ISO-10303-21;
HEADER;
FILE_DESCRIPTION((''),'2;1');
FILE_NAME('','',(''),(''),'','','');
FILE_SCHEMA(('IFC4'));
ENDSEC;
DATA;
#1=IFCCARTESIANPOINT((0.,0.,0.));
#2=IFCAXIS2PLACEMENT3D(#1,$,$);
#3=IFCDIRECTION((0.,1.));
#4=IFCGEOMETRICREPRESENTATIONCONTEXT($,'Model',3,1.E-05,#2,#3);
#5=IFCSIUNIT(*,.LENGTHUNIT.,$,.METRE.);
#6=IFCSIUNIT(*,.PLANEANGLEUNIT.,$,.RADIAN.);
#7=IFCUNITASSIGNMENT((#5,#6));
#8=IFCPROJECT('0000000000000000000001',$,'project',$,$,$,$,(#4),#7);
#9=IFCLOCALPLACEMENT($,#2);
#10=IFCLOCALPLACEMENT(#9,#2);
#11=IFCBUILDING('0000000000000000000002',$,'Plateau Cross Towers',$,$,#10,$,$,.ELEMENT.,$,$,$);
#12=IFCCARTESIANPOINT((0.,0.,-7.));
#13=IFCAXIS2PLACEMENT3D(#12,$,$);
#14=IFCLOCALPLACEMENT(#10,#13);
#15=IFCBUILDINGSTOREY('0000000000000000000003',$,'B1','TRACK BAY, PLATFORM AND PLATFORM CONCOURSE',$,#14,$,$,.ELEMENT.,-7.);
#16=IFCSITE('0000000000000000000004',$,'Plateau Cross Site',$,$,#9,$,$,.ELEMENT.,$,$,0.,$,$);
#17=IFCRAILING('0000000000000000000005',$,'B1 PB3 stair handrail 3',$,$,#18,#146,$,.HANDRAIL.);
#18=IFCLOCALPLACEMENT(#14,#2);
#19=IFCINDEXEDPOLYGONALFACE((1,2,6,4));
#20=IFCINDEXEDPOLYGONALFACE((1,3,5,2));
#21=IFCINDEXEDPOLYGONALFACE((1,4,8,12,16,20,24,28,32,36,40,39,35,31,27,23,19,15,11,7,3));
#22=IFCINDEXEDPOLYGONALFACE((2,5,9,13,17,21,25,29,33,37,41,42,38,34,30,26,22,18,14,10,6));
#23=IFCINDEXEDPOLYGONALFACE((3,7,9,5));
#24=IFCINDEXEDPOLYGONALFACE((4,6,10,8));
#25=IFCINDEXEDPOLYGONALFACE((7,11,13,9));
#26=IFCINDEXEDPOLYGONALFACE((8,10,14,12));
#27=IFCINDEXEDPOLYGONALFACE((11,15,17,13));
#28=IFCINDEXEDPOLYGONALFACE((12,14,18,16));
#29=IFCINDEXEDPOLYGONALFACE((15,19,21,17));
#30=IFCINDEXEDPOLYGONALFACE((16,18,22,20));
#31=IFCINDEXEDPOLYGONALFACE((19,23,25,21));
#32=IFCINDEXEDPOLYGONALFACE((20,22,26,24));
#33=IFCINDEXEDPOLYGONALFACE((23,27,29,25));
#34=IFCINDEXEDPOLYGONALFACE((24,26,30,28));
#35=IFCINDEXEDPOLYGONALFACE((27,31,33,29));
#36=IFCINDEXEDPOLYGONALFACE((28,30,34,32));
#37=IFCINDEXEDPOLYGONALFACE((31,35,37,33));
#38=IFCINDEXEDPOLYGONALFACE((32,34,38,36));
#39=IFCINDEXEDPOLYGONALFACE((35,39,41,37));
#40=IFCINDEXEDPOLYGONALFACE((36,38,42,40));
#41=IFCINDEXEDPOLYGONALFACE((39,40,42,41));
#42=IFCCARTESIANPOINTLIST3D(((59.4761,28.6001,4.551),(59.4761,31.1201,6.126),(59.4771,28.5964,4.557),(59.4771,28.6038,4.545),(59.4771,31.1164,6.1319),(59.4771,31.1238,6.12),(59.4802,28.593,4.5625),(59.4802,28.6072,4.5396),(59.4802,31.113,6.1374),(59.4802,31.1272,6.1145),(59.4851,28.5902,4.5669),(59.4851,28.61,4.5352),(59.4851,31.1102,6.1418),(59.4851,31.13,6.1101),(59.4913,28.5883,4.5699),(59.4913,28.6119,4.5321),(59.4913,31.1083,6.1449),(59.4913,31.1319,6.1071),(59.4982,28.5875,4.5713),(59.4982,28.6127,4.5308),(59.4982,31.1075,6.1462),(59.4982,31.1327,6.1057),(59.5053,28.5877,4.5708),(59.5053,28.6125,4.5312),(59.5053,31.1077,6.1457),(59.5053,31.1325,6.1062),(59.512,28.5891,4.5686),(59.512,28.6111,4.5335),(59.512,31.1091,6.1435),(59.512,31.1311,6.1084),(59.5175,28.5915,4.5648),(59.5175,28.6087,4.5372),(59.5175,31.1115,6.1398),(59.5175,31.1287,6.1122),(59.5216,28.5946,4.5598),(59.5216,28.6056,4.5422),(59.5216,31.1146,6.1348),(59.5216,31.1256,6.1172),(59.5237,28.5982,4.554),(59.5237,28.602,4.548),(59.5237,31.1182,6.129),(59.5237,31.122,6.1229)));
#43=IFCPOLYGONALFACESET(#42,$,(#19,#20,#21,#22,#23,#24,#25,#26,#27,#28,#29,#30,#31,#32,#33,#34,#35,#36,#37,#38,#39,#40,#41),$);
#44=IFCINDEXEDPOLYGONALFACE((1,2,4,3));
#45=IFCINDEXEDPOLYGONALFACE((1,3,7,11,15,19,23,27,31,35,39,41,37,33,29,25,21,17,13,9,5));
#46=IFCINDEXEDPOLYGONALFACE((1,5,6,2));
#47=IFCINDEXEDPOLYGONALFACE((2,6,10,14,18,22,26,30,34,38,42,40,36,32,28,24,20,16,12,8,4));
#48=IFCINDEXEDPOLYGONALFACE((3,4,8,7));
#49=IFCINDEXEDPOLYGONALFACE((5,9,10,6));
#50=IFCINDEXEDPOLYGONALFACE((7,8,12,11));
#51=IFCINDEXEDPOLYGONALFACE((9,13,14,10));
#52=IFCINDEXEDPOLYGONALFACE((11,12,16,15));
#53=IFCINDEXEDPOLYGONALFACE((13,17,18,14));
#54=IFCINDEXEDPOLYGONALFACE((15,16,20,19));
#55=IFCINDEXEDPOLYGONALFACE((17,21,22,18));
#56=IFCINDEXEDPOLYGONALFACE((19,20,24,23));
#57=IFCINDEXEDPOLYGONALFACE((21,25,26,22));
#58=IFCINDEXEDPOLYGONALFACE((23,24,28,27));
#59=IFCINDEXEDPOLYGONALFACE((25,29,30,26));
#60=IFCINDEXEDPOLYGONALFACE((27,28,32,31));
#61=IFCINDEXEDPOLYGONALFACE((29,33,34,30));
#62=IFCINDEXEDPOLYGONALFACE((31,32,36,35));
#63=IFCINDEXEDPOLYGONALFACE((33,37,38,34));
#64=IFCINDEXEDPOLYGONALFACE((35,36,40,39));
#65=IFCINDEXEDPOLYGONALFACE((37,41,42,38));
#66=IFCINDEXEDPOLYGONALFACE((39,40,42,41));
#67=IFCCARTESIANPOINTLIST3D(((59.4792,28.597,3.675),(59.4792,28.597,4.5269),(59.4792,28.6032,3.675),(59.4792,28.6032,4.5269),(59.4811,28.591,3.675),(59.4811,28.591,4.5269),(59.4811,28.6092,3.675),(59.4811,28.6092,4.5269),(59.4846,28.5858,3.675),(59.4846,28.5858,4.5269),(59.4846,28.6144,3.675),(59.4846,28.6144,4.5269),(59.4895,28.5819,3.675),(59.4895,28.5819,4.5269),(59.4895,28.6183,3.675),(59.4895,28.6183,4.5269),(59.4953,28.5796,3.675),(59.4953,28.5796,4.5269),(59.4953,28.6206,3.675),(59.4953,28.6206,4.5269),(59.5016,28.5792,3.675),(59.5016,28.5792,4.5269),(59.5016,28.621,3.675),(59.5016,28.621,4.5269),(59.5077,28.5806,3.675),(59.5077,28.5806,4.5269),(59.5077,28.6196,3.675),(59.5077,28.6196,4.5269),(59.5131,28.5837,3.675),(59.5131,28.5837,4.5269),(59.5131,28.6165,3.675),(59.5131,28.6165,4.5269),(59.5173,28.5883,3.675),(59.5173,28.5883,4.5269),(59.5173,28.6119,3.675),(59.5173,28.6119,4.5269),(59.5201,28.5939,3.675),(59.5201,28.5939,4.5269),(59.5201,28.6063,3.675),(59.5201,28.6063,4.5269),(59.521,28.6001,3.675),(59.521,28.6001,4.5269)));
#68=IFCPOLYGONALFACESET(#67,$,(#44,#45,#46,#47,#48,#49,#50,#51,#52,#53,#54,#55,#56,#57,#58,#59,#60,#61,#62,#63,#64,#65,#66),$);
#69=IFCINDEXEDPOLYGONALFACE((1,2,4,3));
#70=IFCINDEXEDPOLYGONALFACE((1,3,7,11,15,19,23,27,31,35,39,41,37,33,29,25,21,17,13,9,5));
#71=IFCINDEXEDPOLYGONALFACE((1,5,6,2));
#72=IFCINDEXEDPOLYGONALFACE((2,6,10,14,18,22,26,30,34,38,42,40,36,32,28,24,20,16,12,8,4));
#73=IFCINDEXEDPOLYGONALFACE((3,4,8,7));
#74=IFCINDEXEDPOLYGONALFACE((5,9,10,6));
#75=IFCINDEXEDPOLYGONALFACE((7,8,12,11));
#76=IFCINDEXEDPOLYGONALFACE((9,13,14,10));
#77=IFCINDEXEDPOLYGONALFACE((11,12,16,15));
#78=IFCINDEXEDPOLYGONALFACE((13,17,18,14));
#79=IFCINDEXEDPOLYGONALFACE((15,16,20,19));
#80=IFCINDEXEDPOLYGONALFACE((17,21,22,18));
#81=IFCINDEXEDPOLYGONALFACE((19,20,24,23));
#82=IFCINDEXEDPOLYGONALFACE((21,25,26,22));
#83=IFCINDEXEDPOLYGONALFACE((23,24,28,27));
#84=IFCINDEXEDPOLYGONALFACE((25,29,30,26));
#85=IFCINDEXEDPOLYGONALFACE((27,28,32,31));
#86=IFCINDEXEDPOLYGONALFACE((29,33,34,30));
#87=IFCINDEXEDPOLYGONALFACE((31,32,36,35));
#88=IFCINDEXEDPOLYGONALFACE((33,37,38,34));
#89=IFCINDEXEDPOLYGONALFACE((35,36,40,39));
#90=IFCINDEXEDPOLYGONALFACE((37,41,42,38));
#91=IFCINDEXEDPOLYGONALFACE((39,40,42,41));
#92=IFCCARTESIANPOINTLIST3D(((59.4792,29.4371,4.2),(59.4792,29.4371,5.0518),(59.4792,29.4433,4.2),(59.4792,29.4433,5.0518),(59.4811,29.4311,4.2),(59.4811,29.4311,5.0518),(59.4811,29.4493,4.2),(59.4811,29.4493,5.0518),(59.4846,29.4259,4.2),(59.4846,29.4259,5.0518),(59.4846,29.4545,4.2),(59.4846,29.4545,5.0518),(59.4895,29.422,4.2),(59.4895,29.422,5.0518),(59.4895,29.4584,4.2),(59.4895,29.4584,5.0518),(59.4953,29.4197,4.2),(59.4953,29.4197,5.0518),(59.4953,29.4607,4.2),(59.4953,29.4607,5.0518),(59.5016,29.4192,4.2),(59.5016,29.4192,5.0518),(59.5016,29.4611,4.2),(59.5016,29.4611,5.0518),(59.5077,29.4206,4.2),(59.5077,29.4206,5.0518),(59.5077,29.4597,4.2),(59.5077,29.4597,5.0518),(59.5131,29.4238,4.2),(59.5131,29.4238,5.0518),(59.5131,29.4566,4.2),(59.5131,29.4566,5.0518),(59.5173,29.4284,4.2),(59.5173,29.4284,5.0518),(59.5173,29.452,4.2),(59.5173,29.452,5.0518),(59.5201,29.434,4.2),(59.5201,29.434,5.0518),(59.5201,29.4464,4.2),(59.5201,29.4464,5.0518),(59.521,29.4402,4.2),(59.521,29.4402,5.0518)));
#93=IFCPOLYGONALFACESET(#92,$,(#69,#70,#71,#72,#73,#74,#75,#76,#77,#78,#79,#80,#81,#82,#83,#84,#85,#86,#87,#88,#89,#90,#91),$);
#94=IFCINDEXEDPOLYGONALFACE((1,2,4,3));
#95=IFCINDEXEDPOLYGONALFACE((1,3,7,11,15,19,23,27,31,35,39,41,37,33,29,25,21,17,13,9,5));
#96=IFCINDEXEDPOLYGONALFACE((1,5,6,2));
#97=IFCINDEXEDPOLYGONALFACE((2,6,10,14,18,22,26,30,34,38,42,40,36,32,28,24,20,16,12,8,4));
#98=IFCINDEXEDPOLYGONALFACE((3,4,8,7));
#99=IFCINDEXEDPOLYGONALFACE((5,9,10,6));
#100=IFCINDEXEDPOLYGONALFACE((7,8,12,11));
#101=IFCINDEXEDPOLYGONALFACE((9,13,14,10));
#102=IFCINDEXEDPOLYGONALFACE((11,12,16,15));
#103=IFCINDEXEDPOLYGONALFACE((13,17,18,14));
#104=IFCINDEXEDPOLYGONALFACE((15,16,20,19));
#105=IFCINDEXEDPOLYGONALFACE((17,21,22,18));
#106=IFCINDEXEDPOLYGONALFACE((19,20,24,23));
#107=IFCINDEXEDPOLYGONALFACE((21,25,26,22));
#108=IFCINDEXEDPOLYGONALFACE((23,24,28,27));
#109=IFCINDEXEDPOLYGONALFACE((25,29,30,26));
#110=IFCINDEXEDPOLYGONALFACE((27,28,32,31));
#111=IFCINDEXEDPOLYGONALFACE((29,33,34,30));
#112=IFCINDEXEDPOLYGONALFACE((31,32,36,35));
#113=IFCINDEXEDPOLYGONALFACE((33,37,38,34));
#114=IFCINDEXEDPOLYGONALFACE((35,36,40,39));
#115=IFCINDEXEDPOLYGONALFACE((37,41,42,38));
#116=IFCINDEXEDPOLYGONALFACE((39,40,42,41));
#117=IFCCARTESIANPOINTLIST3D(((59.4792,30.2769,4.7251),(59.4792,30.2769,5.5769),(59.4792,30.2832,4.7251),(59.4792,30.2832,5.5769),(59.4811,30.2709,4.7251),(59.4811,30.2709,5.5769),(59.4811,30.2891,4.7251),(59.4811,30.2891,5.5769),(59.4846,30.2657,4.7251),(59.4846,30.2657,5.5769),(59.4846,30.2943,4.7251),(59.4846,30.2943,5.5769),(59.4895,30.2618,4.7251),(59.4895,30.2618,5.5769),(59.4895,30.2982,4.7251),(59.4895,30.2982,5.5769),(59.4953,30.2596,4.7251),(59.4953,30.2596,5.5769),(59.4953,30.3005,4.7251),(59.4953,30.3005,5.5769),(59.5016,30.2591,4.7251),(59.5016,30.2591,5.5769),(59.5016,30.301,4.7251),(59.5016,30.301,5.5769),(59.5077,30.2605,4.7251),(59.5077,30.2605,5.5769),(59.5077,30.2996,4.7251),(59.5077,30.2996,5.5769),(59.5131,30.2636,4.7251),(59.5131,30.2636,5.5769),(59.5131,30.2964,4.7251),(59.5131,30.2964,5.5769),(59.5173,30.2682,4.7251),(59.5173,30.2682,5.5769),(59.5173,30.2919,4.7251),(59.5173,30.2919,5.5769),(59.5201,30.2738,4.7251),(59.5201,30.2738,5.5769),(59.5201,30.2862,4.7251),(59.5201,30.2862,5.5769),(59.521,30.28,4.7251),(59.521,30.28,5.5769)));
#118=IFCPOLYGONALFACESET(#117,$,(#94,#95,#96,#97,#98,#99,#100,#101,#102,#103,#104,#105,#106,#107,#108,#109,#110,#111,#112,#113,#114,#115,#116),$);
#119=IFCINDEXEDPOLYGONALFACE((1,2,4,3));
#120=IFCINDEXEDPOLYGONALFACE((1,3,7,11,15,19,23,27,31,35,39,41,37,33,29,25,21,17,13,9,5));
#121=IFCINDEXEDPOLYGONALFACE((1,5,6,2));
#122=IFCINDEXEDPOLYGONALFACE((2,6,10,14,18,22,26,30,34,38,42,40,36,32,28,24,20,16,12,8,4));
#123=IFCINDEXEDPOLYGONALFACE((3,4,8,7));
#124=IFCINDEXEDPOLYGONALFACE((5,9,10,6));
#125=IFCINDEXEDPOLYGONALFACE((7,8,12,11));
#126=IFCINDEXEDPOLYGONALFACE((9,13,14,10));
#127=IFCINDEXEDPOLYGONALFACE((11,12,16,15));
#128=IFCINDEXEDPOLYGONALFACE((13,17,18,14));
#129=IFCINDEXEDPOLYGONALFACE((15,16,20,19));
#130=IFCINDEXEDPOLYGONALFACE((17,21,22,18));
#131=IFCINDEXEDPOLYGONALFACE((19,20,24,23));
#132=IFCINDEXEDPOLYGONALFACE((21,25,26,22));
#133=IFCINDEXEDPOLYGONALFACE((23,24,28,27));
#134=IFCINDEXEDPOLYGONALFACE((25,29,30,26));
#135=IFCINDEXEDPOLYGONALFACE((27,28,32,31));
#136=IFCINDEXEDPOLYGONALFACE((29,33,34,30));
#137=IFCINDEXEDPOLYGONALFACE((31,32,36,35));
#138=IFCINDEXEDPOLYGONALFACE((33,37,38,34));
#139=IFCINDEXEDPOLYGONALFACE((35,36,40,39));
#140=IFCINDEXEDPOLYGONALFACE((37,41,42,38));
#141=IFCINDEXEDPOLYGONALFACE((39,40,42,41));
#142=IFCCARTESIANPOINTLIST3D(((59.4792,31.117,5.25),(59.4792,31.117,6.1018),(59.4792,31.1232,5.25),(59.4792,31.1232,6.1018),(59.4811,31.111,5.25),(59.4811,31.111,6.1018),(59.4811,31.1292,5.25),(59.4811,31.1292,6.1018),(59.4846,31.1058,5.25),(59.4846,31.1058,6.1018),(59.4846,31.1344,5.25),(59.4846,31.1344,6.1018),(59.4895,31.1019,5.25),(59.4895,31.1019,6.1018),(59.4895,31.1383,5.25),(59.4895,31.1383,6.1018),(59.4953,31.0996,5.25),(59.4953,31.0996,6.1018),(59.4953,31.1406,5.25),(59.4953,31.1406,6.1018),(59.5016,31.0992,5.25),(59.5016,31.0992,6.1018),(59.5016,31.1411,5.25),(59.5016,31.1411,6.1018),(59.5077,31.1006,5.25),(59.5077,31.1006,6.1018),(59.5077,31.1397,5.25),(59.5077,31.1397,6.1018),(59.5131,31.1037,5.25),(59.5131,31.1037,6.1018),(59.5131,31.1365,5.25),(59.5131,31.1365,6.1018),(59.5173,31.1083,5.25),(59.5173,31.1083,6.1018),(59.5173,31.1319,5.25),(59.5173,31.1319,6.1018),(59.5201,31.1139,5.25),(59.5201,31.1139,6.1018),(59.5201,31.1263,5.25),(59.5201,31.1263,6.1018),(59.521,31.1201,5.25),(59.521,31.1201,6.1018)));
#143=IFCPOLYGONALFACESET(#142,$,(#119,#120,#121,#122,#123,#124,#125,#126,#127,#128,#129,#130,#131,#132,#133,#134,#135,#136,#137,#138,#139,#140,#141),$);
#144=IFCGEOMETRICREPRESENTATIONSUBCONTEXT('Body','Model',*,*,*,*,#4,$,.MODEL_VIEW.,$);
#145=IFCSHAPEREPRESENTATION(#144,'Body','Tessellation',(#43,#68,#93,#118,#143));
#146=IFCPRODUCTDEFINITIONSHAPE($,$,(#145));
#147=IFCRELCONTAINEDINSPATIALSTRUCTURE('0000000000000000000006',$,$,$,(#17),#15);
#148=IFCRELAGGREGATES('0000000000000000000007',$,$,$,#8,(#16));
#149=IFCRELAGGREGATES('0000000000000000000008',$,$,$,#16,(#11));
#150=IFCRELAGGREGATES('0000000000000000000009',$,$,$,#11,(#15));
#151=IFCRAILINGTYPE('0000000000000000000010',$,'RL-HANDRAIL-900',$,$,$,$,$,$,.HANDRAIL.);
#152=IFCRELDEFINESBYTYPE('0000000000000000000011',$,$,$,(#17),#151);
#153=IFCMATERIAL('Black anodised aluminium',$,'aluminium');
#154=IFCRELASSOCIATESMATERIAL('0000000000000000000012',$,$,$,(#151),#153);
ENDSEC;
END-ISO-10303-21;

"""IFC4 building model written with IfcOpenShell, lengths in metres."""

from ifc_helpers import new_model, si_unit, direction, frame, origin, origin_2d, place, context, subcontext, project, spatial, circle, extrude, material, type_object, element, save


model = new_model("IFC4")

# Units and contexts
model_context = context("Model", 3, precision=1e-05, world=origin(), true_north=direction((0.0, 1.0)))
body_context = subcontext(model_context, "Body", "Model", "MODEL_VIEW")
ifc_project = project(units=[si_unit("LENGTHUNIT", "METRE"), si_unit("PLANEANGLEUNIT", "RADIAN")], contexts=[model_context])

# Site, building, storey
site_placement = place(None, origin())
site = spatial("IfcSite", under=ifc_project, at=site_placement, Name="Plateau Cross Site", CompositionType="ELEMENT", RefElevation=0.0)
building_placement = place(site_placement, origin())
building = spatial("IfcBuilding", under=site, at=building_placement, Name="Plateau Cross Towers", CompositionType="ELEMENT")
storey_placement = place(building_placement, frame((0.0, 0.0, -7.0)))
storey = spatial("IfcBuildingStorey", under=building, at=storey_placement, Name="B1", Description="TRACK BAY, PLATFORM AND PLATFORM CONCOURSE", CompositionType="ELEMENT", Elevation=-7.0)

# Railing
ifc_material_1 = material(Name="Black anodised aluminium", Category="aluminium")
railing_type_1 = type_object("IfcRailingType", Name="RL-HANDRAIL-900", PredefinedType="HANDRAIL", material=ifc_material_1)
railing_1_placement = place(storey_placement, frame((59.5, 28.6001, 3.675)))
element("IfcRailing", 1, at=railing_1_placement, inside=storey, type_object=railing_type_1, Name="B1 PB3 stair handrail 3", PredefinedType="HANDRAIL", context=body_context, shape_type="SweptSolid", body=[
    extrude(circle(Radius=0.0239, at=origin_2d()), frame((0.0, 0.0, 0.876), z_axis=(0.0, 0.848008, 0.529984), x_axis=(-1.0, 0.0, 0.0)), (0.0, 0.0, 1.0), 2.9717),
    extrude(circle(Radius=0.021, at=origin_2d()), origin(), (0.0, 0.0, 1.0), 0.8518),
    extrude(circle(Radius=0.021, at=origin_2d()), frame((0.0, 0.8401, 0.5249)), (0.0, 0.0, 1.0), 0.8518),
    extrude(circle(Radius=0.021, at=origin_2d()), frame((0.0, 1.6799, 1.05)), (0.0, 0.0, 1.0), 0.8518),
    extrude(circle(Radius=0.021, at=origin_2d()), frame((0.0, 2.52, 1.575)), (0.0, 0.0, 1.0), 0.8518),
])

save(model, "model.ifc")
